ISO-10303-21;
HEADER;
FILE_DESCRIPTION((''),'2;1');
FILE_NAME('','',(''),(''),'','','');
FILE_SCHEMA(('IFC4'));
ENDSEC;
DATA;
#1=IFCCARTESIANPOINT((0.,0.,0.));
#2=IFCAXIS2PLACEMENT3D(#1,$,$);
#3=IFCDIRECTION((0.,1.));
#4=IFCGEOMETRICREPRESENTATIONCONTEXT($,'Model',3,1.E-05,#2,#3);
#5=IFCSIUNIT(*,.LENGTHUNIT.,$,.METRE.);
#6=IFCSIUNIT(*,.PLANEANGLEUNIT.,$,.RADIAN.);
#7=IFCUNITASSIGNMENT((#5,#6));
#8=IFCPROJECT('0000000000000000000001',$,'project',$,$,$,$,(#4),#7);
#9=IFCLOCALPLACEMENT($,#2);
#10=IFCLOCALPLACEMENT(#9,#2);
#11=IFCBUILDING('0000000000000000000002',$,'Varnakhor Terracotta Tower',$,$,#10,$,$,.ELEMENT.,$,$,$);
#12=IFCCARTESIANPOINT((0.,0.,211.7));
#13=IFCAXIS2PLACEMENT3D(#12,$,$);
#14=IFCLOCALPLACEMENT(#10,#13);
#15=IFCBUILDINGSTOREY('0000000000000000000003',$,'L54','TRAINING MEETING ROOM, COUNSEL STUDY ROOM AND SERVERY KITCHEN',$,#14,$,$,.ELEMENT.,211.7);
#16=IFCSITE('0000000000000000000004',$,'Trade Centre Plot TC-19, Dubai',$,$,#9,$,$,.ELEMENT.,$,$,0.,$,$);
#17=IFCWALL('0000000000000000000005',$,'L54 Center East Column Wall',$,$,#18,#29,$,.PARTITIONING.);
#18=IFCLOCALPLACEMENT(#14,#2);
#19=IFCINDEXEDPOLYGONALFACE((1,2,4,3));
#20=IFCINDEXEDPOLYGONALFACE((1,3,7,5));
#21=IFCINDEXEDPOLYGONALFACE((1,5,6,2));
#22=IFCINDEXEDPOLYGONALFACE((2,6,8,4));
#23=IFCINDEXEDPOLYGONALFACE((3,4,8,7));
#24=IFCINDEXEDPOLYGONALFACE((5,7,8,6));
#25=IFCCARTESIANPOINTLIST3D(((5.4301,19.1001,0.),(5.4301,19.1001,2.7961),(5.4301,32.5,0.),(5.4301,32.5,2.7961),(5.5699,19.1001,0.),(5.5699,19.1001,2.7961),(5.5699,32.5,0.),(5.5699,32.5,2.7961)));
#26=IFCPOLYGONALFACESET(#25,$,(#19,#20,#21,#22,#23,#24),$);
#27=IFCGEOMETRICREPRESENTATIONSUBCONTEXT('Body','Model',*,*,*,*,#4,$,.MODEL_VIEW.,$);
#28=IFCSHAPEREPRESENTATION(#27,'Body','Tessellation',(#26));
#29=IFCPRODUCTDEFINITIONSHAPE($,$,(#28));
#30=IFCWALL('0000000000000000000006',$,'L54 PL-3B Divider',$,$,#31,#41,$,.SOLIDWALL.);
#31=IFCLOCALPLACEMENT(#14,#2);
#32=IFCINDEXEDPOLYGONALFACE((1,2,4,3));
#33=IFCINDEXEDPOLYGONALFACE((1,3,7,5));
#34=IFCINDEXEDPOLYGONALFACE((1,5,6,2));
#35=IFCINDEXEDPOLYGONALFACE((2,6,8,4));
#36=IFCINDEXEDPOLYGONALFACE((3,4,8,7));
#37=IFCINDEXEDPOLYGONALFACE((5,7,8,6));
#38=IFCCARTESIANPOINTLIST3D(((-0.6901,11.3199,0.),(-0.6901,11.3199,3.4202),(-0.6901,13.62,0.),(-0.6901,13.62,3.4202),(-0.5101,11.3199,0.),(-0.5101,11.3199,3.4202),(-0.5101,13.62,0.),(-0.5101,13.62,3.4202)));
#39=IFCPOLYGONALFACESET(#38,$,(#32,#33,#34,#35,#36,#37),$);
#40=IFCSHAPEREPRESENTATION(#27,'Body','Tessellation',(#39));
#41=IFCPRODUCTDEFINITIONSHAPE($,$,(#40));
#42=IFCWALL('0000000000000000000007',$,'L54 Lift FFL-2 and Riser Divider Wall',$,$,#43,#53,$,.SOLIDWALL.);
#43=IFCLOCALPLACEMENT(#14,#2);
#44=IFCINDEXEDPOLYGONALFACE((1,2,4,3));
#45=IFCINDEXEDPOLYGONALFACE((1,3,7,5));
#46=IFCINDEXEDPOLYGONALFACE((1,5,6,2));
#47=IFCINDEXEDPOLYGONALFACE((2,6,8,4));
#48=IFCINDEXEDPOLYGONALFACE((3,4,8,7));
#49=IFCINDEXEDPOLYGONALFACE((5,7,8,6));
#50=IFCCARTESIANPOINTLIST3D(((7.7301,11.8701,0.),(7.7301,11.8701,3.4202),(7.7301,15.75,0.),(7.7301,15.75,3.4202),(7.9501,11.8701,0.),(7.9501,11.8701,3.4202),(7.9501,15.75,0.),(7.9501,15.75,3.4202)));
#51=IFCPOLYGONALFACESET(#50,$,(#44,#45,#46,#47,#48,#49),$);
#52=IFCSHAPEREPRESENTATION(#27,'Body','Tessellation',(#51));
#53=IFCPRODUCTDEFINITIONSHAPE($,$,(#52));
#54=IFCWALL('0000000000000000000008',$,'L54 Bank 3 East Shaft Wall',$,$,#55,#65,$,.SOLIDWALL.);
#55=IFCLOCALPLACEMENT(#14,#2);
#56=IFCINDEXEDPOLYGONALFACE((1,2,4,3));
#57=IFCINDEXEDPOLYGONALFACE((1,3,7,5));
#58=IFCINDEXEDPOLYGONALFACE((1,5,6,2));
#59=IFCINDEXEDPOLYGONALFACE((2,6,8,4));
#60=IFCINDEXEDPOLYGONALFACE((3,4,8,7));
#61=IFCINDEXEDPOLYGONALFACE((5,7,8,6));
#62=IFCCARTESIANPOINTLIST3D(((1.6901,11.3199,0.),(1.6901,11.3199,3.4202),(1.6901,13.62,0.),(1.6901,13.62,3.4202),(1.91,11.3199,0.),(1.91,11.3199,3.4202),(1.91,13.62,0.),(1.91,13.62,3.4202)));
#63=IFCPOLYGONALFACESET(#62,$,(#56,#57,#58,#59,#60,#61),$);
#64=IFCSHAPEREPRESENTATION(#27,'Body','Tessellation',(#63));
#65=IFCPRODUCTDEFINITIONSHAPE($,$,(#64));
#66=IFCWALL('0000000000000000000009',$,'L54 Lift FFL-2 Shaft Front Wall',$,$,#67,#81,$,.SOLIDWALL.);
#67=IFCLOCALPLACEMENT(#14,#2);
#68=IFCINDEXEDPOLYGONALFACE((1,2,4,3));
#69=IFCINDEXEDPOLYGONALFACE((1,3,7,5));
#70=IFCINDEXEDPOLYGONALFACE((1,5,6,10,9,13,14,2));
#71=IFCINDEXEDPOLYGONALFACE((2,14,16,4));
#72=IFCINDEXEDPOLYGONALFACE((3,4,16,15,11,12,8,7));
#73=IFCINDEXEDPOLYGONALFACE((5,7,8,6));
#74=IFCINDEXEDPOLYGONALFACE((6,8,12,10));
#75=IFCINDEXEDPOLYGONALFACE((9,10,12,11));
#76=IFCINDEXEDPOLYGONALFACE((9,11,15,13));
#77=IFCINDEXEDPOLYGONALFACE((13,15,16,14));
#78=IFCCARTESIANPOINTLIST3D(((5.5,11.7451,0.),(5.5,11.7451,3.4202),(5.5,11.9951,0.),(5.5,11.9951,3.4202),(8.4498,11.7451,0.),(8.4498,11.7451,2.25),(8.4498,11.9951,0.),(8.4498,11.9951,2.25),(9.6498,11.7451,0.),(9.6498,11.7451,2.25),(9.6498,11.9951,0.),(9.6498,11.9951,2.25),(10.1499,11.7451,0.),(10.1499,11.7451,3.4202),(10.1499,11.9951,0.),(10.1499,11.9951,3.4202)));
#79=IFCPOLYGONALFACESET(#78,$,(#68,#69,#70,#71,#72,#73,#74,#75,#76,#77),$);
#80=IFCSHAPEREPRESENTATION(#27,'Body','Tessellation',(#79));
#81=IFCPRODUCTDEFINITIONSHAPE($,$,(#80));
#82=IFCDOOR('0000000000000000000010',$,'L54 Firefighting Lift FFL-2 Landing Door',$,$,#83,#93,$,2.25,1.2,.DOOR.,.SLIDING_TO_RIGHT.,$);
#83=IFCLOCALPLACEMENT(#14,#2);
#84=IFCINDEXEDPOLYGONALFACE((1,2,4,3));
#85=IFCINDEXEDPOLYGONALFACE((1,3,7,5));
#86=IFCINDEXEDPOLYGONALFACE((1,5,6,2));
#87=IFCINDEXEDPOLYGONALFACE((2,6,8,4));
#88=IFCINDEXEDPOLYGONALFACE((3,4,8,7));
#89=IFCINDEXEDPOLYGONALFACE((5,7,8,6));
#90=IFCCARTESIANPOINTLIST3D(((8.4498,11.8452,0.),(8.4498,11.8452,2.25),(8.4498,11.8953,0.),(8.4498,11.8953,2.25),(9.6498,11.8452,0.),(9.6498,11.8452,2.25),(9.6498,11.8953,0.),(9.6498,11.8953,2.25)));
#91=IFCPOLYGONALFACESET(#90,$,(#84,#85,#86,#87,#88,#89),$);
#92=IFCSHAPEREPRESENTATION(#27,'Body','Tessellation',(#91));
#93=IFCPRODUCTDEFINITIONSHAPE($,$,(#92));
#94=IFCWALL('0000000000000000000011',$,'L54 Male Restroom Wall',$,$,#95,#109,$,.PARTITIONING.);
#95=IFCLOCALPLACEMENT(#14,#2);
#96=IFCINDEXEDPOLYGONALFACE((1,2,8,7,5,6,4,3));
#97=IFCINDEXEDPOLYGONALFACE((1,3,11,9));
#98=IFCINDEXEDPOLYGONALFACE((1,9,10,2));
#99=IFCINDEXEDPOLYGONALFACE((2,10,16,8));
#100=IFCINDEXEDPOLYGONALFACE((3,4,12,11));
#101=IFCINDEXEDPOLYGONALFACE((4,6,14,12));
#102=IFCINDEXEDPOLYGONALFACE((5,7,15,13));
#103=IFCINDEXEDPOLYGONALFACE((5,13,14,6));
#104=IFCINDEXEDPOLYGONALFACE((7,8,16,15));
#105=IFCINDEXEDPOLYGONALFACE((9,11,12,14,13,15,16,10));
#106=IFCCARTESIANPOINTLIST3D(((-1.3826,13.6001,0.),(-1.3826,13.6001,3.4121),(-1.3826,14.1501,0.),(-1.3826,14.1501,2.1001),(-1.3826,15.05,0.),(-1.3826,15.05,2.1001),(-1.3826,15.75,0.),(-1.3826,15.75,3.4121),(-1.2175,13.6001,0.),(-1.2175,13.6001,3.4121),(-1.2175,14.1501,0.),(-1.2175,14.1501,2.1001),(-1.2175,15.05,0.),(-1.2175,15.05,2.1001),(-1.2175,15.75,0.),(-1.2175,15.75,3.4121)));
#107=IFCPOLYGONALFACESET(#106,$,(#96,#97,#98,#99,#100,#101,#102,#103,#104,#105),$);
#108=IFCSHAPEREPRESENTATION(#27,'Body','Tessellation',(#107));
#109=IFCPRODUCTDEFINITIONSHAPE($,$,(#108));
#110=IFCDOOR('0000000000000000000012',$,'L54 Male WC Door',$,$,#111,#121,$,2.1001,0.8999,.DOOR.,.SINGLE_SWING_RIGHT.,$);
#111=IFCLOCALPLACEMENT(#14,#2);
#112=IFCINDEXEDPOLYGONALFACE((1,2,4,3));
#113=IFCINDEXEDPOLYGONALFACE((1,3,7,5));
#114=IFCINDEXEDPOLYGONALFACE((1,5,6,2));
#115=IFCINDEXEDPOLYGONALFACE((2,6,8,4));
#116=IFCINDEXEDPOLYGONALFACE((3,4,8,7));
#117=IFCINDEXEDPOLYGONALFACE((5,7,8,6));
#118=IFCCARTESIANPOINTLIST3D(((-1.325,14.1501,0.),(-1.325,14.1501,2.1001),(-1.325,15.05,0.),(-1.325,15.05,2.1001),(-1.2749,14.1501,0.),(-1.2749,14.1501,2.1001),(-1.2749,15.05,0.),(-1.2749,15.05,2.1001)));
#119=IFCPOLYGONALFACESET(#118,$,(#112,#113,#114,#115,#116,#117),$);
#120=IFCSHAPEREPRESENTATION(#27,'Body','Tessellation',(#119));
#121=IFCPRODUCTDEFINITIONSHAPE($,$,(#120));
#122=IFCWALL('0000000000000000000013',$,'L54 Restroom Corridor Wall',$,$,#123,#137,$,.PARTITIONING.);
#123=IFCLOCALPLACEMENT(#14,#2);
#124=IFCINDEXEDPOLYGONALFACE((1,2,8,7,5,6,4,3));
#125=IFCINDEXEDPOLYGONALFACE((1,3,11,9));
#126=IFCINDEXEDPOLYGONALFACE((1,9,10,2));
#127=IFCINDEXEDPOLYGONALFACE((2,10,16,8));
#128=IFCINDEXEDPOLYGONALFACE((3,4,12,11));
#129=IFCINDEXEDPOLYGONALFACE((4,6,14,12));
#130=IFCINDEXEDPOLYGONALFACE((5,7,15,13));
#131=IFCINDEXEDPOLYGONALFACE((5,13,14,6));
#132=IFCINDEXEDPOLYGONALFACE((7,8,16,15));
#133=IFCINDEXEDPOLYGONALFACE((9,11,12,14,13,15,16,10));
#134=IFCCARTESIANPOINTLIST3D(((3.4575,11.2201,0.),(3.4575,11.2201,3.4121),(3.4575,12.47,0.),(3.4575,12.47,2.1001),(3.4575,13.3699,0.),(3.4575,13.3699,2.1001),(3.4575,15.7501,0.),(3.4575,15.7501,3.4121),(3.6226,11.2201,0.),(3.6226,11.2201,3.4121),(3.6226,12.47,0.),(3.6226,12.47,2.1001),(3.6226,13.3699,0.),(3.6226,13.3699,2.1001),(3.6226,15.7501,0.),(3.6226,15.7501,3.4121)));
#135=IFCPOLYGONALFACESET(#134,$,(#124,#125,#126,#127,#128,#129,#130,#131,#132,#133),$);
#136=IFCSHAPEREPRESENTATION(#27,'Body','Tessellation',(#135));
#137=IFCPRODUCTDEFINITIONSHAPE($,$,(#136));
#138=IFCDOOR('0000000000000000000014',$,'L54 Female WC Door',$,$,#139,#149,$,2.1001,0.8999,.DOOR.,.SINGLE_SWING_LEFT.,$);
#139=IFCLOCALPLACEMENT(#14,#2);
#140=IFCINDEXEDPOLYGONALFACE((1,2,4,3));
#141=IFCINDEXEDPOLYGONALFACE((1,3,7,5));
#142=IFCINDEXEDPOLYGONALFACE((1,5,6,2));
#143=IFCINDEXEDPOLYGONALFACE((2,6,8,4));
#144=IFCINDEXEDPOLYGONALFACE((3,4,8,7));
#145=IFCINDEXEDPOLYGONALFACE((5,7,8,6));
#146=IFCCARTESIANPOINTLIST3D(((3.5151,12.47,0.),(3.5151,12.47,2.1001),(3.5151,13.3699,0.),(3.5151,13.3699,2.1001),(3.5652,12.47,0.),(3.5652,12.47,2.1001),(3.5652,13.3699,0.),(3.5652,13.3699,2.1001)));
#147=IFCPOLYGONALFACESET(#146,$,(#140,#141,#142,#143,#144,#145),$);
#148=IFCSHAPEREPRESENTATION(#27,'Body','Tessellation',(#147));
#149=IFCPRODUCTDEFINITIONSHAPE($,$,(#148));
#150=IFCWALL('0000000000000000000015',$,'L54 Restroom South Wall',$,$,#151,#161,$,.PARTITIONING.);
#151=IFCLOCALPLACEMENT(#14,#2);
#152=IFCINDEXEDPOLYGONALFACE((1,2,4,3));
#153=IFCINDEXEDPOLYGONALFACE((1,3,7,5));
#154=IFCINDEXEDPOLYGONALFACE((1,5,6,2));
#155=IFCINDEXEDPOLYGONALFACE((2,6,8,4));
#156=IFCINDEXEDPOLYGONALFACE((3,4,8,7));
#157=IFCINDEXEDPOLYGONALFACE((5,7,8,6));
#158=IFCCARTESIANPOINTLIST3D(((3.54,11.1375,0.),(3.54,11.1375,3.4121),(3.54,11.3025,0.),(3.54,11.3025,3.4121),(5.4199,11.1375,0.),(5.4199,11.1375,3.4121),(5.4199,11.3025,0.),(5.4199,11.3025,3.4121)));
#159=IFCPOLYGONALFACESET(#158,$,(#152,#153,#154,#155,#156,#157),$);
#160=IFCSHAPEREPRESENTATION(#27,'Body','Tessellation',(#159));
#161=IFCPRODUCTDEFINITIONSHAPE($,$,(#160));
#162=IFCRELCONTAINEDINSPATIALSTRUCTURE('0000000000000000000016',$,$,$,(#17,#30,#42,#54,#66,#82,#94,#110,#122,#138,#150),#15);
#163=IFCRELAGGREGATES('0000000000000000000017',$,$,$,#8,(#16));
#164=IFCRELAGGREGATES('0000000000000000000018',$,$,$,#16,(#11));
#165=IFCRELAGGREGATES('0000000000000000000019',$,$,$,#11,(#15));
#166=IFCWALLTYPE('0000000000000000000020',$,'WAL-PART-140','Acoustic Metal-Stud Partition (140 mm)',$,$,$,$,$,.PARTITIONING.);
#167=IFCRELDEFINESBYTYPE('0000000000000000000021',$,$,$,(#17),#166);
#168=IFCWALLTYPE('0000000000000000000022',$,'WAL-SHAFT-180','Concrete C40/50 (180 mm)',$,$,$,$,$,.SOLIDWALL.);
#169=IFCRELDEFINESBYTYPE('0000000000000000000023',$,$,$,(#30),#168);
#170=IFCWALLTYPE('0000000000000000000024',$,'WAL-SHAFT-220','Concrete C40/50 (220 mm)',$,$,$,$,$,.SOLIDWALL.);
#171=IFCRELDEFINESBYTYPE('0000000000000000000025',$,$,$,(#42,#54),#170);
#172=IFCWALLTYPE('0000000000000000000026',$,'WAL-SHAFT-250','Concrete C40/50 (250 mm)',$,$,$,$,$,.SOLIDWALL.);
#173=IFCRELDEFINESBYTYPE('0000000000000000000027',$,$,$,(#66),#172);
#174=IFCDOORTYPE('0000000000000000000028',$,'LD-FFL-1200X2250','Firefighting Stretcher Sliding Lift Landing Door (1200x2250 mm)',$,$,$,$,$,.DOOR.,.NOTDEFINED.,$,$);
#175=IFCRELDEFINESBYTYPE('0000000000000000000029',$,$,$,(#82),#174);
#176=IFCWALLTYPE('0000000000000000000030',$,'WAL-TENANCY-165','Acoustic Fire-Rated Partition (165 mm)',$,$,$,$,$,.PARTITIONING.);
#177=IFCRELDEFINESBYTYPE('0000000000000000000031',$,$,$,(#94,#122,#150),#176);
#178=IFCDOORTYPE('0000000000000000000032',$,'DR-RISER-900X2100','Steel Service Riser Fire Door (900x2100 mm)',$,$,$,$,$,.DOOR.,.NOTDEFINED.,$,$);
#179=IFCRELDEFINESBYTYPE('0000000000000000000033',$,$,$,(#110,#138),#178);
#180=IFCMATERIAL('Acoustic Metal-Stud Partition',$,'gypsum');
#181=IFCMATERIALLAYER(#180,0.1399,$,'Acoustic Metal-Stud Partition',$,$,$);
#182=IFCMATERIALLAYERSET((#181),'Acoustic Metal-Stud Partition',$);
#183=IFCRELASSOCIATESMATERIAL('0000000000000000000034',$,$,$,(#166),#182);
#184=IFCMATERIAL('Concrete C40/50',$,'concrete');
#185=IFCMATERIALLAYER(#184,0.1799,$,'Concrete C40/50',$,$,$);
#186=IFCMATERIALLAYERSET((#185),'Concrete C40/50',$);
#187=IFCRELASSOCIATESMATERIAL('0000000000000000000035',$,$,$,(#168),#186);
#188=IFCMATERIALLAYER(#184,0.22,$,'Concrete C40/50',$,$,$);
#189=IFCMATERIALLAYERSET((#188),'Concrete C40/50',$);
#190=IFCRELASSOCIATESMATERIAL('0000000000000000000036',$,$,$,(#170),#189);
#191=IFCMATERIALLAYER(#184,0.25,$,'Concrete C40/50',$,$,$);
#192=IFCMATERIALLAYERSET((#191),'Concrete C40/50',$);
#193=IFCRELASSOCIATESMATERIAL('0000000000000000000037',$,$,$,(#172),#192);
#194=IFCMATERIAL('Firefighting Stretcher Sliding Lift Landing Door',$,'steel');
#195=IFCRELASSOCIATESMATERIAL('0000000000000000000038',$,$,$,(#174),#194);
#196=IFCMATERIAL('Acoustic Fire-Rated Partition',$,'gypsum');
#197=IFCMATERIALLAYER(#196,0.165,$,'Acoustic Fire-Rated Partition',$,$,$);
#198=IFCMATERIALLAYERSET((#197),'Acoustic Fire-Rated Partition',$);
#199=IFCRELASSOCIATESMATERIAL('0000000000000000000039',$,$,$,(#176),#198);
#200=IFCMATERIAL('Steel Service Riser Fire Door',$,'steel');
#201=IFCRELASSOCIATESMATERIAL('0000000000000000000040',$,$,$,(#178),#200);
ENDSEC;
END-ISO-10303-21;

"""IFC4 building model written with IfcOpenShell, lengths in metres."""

from ifc_helpers import new_model, si_unit, direction, frame, frame_2d, origin, place, context, subcontext, project, spatial, rectangle, extrude, source, transform, mapped, material, layer, layer_set, type_object, type_shapes, element, fill, save


model = new_model("IFC4")

# Units and contexts
model_context = context("Model", 3, precision=1e-05, world=origin(), true_north=direction((0.0, 1.0)))
body_context = subcontext(model_context, "Body", "Model", "MODEL_VIEW")
ifc_project = project(units=[si_unit("LENGTHUNIT", "METRE"), si_unit("PLANEANGLEUNIT", "RADIAN")], contexts=[model_context])

# Site, building, storey
site_placement = place(None, origin())
site = spatial("IfcSite", under=ifc_project, at=site_placement, Name="Trade Centre Plot TC-19, Dubai", CompositionType="ELEMENT", RefElevation=0.0)
building_placement = place(site_placement, origin())
building = spatial("IfcBuilding", under=site, at=building_placement, Name="Varnakhor Terracotta Tower", CompositionType="ELEMENT")
storey_placement = place(building_placement, frame((0.0, 0.0, 211.7)))
storey = spatial("IfcBuildingStorey", under=building, at=storey_placement, Name="L54", Description="TRAINING MEETING ROOM, COUNSEL STUDY ROOM AND SERVERY KITCHEN", CompositionType="ELEMENT", Elevation=211.7)

# Shared definitions
ifc_material_1 = material(Name="Concrete C40/50", Category="concrete")

# Walls
ifc_material_2 = material(Name="Acoustic Metal-Stud Partition", Category="gypsum")
ifc_layer_1 = layer(ifc_material_2, 0.1399, Name="Acoustic Metal-Stud Partition")
ifc_layer_set_1 = layer_set([ifc_layer_1], Name="Acoustic Metal-Stud Partition")
wall_type_1 = type_object("IfcWallType", Name="WAL-PART-140", Description="Acoustic Metal-Stud Partition (140 mm)", PredefinedType="PARTITIONING", material=ifc_layer_set_1)
wall_1_placement = place(storey_placement, frame((5.5, 19.1001, 0.0), z_axis=(0.0, 0.0, 1.0), x_axis=(0.0, 1.0, 0.0)))
element("IfcWall", 1, at=wall_1_placement, inside=storey, type_object=wall_type_1, Name="L54 Center East Column Wall", PredefinedType="PARTITIONING", context=body_context, shape_type="SweptSolid", body=[
    extrude(rectangle(XDim=13.3999, YDim=0.1399, at=frame_2d((6.7, 0.0))), origin(), (0.0, 0.0, 1.0), 2.7961),
])
ifc_layer_2 = layer(ifc_material_1, 0.1799, Name="Concrete C40/50")
ifc_layer_set_2 = layer_set([ifc_layer_2], Name="Concrete C40/50")
wall_type_2 = type_object("IfcWallType", Name="WAL-SHAFT-180", Description="Concrete C40/50 (180 mm)", PredefinedType="SOLIDWALL", material=ifc_layer_set_2)
wall_2_placement = place(storey_placement, frame((-0.6001, 11.3201, 0.0), z_axis=(0.0, 0.0, 1.0), x_axis=(0.0, 1.0, 0.0)))
element("IfcWall", 2, at=wall_2_placement, inside=storey, type_object=wall_type_2, Name="L54 PL-3B Divider", PredefinedType="SOLIDWALL", context=body_context, shape_type="SweptSolid", body=[
    extrude(rectangle(XDim=2.3, YDim=0.1799, at=frame_2d((1.1499, 0.0))), origin(), (0.0, 0.0, 1.0), 3.4202),
])
ifc_layer_3 = layer(ifc_material_1, 0.22, Name="Concrete C40/50")
ifc_layer_set_3 = layer_set([ifc_layer_3], Name="Concrete C40/50")
wall_type_3 = type_object("IfcWallType", Name="WAL-SHAFT-220", Description="Concrete C40/50 (220 mm)", PredefinedType="SOLIDWALL", material=ifc_layer_set_3)
wall_3_placement = place(storey_placement, frame((7.8401, 11.8701, 0.0), z_axis=(0.0, 0.0, 1.0), x_axis=(0.0, 1.0, 0.0)))
element("IfcWall", 3, at=wall_3_placement, inside=storey, type_object=wall_type_3, Name="L54 Lift FFL-2 and Riser Divider Wall", PredefinedType="SOLIDWALL", context=body_context, shape_type="SweptSolid", body=[
    extrude(rectangle(XDim=3.8799, YDim=0.22, at=frame_2d((1.9399, 0.0))), origin(), (0.0, 0.0, 1.0), 3.4202),
])
wall_4_placement = place(storey_placement, frame((1.8, 11.3201, 0.0), z_axis=(0.0, 0.0, 1.0), x_axis=(0.0, 1.0, 0.0)))
element("IfcWall", 4, at=wall_4_placement, inside=storey, type_object=wall_type_3, Name="L54 Bank 3 East Shaft Wall", PredefinedType="SOLIDWALL", context=body_context, shape_type="SweptSolid", body=[
    extrude(rectangle(XDim=2.3, YDim=0.22, at=frame_2d((1.1499, 0.0))), origin(), (0.0, 0.0, 1.0), 3.4202),
])

# Walls, openings, doors
ifc_layer_4 = layer(ifc_material_1, 0.25, Name="Concrete C40/50")
ifc_layer_set_4 = layer_set([ifc_layer_4], Name="Concrete C40/50")
wall_type_4 = type_object("IfcWallType", Name="WAL-SHAFT-250", Description="Concrete C40/50 (250 mm)", PredefinedType="SOLIDWALL", material=ifc_layer_set_4)
wall_5_placement = place(storey_placement, frame((10.1499, 11.8701, 0.0), z_axis=(0.0, 0.0, 1.0), x_axis=(-1.0, 0.0, 0.0)))
wall_5 = element("IfcWall", 5, at=wall_5_placement, inside=storey, type_object=wall_type_4, Name="L54 Lift FFL-2 Shaft Front Wall", PredefinedType="SOLIDWALL", context=body_context, shape_type="SweptSolid", body=[
    extrude(rectangle(XDim=4.6499, YDim=0.25, at=frame_2d((2.325, 0.0))), origin(), (0.0, 0.0, 1.0), 3.4202),
])
opening_1_placement = place(wall_5_placement, frame((0.5, 0.0, 0.0)))
opening_1 = element("IfcOpeningElement", 6, at=opening_1_placement, cuts=wall_5, PredefinedType="OPENING", context=body_context, shape_type="SweptSolid", body=[
    extrude(rectangle(XDim=1.2, YDim=2.25, at=frame_2d((0.6001, 1.125))), frame((0.0, 0.135, 0.0), z_axis=(0.0, -1.0, 0.0), x_axis=(1.0, 0.0, 0.0)), (0.0, 0.0, 1.0), 0.27),
])
ifc_material_3 = material(Name="Firefighting Stretcher Sliding Lift Landing Door", Category="steel")
door_type_1 = type_object("IfcDoorType", Name="LD-FFL-1200X2250", Description="Firefighting Stretcher Sliding Lift Landing Door (1200x2250 mm)", OperationType="NOTDEFINED", PredefinedType="DOOR", material=ifc_material_3)
shared_shape_1 = source(origin(), body_context, "Body", "SweptSolid", [
    extrude(rectangle(XDim=1.2, YDim=2.25, at=frame_2d((0.6001, 1.125))), frame((0.0, 0.0249, 0.0), z_axis=(0.0, -1.0, 0.0), x_axis=(1.0, 0.0, 0.0)), (0.0, 0.0, 1.0), 0.05),
])
type_shapes(door_type_1, [shared_shape_1])
door_1_placement = place(opening_1_placement, origin())
door_1 = element("IfcDoor", 7, at=door_1_placement, inside=storey, type_object=door_type_1, Name="L54 Firefighting Lift FFL-2 Landing Door", OperationType="SLIDING_TO_RIGHT", OverallHeight=2.25, OverallWidth=1.2, PredefinedType="DOOR", context=body_context, shape_type="MappedRepresentation", body=[
    mapped(shared_shape_1, transform((0.0, 0.0, 0.0), scale=1.0)),
])
fill(opening_1, door_1)
ifc_material_4 = material(Name="Acoustic Fire-Rated Partition", Category="gypsum")
ifc_layer_5 = layer(ifc_material_4, 0.165, Name="Acoustic Fire-Rated Partition")
ifc_layer_set_5 = layer_set([ifc_layer_5], Name="Acoustic Fire-Rated Partition")
wall_type_5 = type_object("IfcWallType", Name="WAL-TENANCY-165", Description="Acoustic Fire-Rated Partition (165 mm)", PredefinedType="PARTITIONING", material=ifc_layer_set_5)
wall_6_placement = place(storey_placement, frame((-1.3, 13.6001, 0.0), z_axis=(0.0, 0.0, 1.0), x_axis=(0.0, 1.0, 0.0)))
wall_6 = element("IfcWall", 8, at=wall_6_placement, inside=storey, type_object=wall_type_5, Name="L54 Male Restroom Wall", PredefinedType="PARTITIONING", context=body_context, shape_type="SweptSolid", body=[
    extrude(rectangle(XDim=2.1499, YDim=0.165, at=frame_2d((1.075, 0.0))), origin(), (0.0, 0.0, 1.0), 3.4121),
])
opening_2_placement = place(wall_6_placement, frame((0.55, 0.0, 0.0)))
opening_2 = element("IfcOpeningElement", 9, at=opening_2_placement, cuts=wall_6, PredefinedType="OPENING", context=body_context, shape_type="SweptSolid", body=[
    extrude(rectangle(XDim=0.8999, YDim=2.1001, at=frame_2d((0.45, 1.05))), frame((0.0, 0.0925, 0.0), z_axis=(0.0, -1.0, 0.0), x_axis=(1.0, 0.0, 0.0)), (0.0, 0.0, 1.0), 0.1851),
])
ifc_material_5 = material(Name="Steel Service Riser Fire Door", Category="steel")
door_type_2 = type_object("IfcDoorType", Name="DR-RISER-900X2100", Description="Steel Service Riser Fire Door (900x2100 mm)", OperationType="NOTDEFINED", PredefinedType="DOOR", material=ifc_material_5)
shared_shape_2 = source(origin(), body_context, "Body", "SweptSolid", [
    extrude(rectangle(XDim=0.8999, YDim=2.1001, at=frame_2d((0.45, 1.05))), frame((0.0, 0.0249, 0.0), z_axis=(0.0, -1.0, 0.0), x_axis=(1.0, 0.0, 0.0)), (0.0, 0.0, 1.0), 0.05),
])
type_shapes(door_type_2, [shared_shape_2])
door_2_placement = place(opening_2_placement, origin())
door_2 = element("IfcDoor", 10, at=door_2_placement, inside=storey, type_object=door_type_2, Name="L54 Male WC Door", OperationType="SINGLE_SWING_RIGHT", OverallHeight=2.1001, OverallWidth=0.8999, PredefinedType="DOOR", context=body_context, shape_type="MappedRepresentation", body=[
    mapped(shared_shape_2, transform((0.0, 0.0, 0.0), scale=1.0)),
])
fill(opening_2, door_2)
wall_7_placement = place(storey_placement, frame((3.54, 11.22, 0.0), z_axis=(0.0, 0.0, 1.0), x_axis=(0.0, 1.0, 0.0)))
wall_7 = element("IfcWall", 11, at=wall_7_placement, inside=storey, type_object=wall_type_5, Name="L54 Restroom Corridor Wall", PredefinedType="PARTITIONING", context=body_context, shape_type="SweptSolid", body=[
    extrude(rectangle(XDim=4.53, YDim=0.165, at=frame_2d((2.2651, 0.0))), origin(), (0.0, 0.0, 1.0), 3.4121),
])
opening_3_placement = place(wall_7_placement, frame((1.25, 0.0, 0.0)))
opening_3 = element("IfcOpeningElement", 12, at=opening_3_placement, cuts=wall_7, PredefinedType="OPENING", context=body_context, shape_type="SweptSolid", body=[
    extrude(rectangle(XDim=0.8999, YDim=2.1001, at=frame_2d((0.45, 1.05))), frame((0.0, 0.0925, 0.0), z_axis=(0.0, -1.0, 0.0), x_axis=(1.0, 0.0, 0.0)), (0.0, 0.0, 1.0), 0.1851),
])
door_3_placement = place(opening_3_placement, origin())
door_3 = element("IfcDoor", 13, at=door_3_placement, inside=storey, type_object=door_type_2, Name="L54 Female WC Door", OperationType="SINGLE_SWING_LEFT", OverallHeight=2.1001, OverallWidth=0.8999, PredefinedType="DOOR", context=body_context, shape_type="MappedRepresentation", body=[
    mapped(shared_shape_2, transform((0.0, 0.0, 0.0), scale=1.0)),
])
fill(opening_3, door_3)

# Wall
wall_8_placement = place(storey_placement, frame((3.54, 11.22, 0.0), z_axis=(0.0, 0.0, 1.0), x_axis=(1.0, 0.0, 0.0)))
element("IfcWall", 14, at=wall_8_placement, inside=storey, type_object=wall_type_5, Name="L54 Restroom South Wall", PredefinedType="PARTITIONING", context=body_context, shape_type="SweptSolid", body=[
    extrude(rectangle(XDim=1.8799, YDim=0.165, at=frame_2d((0.9399, 0.0))), origin(), (0.0, 0.0, 1.0), 3.4121),
])

save(model, "model.ifc")
